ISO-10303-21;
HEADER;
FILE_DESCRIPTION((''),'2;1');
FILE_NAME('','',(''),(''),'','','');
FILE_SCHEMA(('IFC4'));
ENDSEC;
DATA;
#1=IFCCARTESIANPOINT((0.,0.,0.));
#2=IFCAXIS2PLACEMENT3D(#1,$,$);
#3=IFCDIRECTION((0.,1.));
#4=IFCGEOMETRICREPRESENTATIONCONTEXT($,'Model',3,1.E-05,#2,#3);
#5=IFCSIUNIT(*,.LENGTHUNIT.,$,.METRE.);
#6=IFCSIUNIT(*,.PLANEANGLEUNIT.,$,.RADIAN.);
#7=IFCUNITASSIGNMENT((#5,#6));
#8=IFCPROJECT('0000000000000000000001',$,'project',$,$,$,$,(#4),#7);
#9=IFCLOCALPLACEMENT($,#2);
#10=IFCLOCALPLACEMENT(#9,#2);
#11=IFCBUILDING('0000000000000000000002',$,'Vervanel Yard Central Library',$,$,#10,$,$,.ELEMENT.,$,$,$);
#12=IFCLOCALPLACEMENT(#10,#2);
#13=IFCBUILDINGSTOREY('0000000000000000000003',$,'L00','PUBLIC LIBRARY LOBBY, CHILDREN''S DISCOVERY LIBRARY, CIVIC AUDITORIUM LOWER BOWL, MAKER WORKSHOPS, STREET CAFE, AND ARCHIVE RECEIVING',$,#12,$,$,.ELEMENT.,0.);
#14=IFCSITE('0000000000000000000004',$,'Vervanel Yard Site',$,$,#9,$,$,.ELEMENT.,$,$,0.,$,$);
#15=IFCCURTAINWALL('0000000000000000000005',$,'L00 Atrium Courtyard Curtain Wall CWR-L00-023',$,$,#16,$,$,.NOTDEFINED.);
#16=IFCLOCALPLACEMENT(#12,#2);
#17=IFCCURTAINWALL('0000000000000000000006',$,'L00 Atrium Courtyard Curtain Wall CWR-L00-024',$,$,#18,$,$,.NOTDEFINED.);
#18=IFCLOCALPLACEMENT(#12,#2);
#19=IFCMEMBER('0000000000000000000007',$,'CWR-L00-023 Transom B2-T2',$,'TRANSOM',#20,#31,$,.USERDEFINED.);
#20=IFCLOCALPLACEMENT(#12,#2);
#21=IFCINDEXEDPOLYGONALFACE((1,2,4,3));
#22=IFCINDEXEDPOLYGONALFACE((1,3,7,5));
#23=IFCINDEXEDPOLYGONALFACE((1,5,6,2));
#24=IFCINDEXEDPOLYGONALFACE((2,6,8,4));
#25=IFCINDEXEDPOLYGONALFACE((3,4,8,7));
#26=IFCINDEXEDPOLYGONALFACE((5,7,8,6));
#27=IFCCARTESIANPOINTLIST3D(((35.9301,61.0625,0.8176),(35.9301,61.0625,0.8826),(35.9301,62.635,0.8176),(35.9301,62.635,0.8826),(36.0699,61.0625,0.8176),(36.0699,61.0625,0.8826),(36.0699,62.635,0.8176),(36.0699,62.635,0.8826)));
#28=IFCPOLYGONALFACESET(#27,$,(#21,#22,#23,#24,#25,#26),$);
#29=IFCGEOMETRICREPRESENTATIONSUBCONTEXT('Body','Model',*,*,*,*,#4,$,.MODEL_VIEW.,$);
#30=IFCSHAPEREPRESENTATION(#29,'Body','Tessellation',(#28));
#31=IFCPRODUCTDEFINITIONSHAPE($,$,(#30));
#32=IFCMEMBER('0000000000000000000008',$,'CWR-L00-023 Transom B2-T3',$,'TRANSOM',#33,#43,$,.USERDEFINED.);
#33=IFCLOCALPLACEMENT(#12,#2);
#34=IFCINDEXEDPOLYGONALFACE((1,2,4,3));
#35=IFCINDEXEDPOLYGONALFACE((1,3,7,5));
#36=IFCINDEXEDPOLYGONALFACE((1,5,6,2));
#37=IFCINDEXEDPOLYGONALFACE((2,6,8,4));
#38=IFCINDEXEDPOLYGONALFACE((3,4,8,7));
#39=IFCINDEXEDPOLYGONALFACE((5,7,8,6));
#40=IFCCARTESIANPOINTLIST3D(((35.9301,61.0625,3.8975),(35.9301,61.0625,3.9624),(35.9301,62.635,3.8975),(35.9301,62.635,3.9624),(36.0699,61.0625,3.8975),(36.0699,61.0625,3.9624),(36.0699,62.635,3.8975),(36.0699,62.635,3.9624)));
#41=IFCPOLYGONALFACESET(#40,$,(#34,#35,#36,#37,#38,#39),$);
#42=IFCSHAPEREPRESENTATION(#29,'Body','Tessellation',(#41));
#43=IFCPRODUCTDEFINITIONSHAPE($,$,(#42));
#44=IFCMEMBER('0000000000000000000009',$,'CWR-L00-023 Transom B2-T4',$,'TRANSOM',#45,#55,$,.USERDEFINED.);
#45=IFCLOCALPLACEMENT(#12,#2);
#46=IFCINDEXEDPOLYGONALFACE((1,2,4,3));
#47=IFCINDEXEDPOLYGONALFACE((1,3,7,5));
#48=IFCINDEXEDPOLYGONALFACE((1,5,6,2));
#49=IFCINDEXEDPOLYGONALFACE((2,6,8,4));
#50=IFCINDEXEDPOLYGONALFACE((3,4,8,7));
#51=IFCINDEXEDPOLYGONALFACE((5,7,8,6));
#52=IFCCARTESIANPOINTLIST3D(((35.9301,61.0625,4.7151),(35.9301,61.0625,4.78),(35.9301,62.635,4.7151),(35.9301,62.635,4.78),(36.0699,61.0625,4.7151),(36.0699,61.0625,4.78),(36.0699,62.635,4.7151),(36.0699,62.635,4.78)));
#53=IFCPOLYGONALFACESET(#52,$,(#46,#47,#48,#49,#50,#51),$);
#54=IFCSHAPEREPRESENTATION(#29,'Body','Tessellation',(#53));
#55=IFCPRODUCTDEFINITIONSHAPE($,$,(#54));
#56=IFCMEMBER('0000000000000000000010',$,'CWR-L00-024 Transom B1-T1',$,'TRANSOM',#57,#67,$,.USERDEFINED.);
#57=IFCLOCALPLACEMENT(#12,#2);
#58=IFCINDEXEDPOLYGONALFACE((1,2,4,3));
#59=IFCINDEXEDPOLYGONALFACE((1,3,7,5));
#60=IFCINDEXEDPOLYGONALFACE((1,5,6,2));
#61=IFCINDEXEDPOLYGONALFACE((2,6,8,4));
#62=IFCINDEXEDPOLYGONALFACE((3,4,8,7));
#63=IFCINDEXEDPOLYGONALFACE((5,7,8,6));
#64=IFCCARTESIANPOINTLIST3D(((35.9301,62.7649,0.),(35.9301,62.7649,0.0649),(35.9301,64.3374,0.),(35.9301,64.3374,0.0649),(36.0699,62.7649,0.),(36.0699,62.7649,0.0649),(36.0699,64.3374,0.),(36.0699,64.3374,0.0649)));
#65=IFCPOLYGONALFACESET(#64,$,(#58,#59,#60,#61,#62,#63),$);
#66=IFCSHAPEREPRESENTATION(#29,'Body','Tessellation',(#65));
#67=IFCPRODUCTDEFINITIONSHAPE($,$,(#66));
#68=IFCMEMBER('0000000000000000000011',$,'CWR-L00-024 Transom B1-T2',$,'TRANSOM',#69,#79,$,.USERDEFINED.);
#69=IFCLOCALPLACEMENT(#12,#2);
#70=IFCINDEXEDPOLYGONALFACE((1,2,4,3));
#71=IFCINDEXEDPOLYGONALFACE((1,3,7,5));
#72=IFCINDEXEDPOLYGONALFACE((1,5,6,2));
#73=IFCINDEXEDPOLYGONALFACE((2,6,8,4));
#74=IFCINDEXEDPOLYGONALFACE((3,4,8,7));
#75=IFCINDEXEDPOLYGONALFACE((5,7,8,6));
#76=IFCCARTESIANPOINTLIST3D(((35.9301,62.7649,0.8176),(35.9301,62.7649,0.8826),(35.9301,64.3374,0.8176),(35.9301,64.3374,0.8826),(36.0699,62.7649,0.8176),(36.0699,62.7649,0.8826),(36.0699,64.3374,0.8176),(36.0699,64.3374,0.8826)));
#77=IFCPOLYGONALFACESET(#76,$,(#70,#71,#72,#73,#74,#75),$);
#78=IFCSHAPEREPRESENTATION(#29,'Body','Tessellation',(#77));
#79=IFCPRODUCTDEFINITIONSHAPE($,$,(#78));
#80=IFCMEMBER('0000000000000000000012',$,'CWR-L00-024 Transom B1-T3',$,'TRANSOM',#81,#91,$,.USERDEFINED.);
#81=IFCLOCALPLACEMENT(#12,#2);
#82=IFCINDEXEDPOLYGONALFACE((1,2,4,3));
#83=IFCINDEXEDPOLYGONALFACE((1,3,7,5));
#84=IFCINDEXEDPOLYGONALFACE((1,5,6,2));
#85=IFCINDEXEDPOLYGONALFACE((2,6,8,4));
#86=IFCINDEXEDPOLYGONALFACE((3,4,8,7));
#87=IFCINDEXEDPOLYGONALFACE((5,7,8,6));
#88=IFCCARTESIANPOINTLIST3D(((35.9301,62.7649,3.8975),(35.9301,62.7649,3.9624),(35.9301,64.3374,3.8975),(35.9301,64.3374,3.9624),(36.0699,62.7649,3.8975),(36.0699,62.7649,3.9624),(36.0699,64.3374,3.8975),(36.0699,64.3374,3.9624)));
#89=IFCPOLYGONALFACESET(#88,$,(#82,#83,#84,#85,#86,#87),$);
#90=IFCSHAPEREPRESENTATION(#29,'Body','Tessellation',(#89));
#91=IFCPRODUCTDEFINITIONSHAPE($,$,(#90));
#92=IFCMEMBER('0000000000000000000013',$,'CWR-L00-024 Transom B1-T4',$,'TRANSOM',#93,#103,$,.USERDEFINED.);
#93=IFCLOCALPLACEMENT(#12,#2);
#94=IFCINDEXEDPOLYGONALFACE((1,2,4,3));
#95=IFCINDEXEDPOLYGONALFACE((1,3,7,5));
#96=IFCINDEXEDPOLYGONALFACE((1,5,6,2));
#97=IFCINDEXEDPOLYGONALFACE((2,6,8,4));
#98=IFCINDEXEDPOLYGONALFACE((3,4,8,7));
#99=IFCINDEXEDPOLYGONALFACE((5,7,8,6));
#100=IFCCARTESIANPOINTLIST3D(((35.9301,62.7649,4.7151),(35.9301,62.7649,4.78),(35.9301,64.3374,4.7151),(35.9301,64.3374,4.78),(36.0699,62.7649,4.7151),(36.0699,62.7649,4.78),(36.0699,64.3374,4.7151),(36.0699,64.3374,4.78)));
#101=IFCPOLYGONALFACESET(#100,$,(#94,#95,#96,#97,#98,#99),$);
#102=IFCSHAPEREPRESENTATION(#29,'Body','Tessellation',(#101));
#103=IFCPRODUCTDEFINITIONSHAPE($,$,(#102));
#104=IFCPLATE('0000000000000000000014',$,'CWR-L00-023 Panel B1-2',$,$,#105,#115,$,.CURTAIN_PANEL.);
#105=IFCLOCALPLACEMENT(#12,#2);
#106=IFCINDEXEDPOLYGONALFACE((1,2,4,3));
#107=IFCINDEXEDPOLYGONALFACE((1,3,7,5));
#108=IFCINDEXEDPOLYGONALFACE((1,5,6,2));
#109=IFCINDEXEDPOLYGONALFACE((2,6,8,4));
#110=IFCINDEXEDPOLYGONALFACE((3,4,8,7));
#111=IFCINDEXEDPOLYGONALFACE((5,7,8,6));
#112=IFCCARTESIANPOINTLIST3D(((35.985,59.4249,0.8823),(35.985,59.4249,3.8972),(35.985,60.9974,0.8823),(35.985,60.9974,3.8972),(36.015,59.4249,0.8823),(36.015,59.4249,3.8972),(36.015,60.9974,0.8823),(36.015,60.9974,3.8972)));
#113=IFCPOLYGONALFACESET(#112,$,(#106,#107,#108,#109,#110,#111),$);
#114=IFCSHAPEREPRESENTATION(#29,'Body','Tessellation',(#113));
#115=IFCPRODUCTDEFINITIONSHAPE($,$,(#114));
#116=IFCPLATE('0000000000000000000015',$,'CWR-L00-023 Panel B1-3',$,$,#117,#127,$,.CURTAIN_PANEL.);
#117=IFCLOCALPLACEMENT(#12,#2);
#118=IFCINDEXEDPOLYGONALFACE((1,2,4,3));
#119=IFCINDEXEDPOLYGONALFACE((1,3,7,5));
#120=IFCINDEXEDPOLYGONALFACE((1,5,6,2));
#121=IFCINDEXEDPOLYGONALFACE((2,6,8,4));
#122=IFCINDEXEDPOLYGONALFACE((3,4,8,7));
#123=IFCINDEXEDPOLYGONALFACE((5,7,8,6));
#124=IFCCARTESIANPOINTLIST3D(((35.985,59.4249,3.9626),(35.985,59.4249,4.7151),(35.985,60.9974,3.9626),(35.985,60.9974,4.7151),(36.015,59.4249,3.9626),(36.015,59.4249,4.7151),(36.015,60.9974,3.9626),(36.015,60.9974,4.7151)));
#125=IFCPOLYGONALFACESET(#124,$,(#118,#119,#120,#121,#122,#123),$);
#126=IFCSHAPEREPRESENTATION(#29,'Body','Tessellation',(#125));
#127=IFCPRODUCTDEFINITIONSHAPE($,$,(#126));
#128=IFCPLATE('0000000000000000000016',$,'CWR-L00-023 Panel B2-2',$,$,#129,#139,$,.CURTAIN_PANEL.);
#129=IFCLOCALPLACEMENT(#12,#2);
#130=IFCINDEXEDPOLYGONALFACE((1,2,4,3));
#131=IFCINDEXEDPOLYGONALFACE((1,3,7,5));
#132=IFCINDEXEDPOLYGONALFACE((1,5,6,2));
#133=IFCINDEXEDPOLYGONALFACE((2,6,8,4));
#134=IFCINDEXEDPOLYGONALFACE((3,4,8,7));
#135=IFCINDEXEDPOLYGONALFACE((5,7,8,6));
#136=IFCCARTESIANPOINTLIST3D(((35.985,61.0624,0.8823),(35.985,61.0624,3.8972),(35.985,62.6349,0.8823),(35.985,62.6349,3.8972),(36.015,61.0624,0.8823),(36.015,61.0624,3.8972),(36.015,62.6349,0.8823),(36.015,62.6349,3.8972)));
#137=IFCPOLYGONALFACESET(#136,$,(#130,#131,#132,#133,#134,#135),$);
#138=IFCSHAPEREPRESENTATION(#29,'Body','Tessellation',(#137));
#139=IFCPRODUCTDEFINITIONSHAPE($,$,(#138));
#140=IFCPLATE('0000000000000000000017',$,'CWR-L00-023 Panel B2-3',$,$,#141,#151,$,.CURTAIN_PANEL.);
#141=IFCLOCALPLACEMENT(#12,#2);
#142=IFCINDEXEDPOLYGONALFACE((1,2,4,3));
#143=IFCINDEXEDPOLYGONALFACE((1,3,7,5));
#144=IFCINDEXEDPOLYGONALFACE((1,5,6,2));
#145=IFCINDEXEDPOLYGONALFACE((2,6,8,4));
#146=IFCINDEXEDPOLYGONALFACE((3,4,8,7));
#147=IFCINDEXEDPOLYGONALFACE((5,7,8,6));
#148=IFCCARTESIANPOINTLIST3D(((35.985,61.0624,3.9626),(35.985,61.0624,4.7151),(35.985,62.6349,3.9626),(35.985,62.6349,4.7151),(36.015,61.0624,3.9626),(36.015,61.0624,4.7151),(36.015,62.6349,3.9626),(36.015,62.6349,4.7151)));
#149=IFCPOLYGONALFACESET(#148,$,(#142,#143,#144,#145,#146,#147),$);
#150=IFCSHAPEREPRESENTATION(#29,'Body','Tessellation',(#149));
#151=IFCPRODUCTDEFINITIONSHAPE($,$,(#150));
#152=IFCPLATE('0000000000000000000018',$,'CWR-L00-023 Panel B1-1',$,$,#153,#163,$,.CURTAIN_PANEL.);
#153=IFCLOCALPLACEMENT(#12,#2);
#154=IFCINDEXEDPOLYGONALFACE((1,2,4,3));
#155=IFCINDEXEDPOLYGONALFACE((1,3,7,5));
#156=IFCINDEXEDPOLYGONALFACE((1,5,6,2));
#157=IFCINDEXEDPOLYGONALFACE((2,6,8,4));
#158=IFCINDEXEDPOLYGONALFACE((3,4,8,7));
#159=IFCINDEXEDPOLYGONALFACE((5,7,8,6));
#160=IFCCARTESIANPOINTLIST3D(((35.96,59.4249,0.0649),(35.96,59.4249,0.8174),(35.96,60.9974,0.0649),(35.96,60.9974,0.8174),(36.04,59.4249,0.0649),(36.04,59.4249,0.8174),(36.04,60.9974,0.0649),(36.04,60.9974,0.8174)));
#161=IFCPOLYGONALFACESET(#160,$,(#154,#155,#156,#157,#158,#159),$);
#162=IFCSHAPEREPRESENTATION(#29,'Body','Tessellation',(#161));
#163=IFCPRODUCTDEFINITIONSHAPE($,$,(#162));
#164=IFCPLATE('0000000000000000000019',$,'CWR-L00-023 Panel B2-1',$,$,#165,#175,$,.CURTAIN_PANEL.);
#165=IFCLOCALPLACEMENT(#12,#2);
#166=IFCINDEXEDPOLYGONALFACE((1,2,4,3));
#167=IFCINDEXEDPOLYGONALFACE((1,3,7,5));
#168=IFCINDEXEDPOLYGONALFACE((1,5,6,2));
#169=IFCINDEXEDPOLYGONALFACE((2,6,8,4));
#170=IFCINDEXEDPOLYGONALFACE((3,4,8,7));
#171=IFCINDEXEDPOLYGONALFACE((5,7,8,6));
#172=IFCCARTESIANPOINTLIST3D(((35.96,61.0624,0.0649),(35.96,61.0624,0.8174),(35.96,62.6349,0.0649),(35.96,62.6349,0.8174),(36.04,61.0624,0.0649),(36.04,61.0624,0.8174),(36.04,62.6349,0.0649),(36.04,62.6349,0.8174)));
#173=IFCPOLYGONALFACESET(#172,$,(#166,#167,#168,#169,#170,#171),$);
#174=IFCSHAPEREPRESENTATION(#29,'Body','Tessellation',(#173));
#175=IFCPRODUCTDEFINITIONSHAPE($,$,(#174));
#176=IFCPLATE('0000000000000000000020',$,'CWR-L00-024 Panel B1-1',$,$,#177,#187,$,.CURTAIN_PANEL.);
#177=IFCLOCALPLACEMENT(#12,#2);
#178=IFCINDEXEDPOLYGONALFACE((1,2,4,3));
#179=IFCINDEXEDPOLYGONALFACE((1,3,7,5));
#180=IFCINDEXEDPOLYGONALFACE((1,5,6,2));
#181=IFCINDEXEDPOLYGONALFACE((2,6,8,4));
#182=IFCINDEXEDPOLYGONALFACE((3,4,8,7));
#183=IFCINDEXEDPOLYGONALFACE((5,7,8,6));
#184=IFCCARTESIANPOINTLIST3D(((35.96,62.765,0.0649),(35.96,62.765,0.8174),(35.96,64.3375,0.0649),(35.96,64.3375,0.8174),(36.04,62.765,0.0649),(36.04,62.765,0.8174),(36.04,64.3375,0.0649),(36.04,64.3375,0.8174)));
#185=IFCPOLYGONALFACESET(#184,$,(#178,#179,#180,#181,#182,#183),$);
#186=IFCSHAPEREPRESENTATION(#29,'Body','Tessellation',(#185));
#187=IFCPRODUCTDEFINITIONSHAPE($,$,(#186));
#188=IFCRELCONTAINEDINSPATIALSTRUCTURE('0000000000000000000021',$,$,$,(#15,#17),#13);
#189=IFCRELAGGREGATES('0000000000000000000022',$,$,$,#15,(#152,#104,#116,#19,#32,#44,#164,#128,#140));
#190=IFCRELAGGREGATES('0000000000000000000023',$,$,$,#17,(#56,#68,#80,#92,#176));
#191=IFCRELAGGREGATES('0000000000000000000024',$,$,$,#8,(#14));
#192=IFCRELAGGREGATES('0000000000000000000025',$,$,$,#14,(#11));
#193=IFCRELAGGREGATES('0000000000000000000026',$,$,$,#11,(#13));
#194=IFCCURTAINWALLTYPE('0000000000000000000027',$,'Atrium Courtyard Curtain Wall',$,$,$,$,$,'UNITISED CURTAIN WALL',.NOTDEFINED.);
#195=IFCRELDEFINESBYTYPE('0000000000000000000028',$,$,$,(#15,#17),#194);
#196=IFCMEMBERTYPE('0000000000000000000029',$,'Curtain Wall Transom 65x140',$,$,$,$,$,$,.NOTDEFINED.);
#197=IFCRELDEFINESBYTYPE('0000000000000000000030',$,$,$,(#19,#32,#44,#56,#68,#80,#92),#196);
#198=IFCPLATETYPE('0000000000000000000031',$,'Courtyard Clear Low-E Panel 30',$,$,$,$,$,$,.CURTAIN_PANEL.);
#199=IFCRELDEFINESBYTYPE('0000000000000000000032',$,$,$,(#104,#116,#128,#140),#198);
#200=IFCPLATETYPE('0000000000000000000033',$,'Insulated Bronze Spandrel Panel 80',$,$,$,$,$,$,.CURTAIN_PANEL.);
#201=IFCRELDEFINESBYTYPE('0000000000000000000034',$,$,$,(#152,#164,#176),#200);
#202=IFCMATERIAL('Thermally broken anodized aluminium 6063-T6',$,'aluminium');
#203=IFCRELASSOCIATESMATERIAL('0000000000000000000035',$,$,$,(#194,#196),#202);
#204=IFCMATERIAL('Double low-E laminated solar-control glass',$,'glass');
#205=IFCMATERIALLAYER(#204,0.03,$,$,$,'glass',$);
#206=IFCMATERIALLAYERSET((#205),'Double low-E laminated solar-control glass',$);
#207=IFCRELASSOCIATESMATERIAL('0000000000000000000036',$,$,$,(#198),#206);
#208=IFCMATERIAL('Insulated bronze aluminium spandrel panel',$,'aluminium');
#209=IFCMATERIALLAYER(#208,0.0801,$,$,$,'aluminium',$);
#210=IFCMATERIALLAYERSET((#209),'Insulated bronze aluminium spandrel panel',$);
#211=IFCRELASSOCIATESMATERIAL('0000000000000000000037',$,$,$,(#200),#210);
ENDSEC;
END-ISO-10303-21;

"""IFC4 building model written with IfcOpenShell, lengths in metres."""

from ifc_helpers import new_model, si_unit, direction, frame, origin, origin_2d, place, context, subcontext, project, spatial, rectangle, extrude, material, layer, layer_set, material_profile, profile_set, type_object, element, aggregate, save


model = new_model("IFC4")

# Units and contexts
model_context = context("Model", 3, precision=1e-05, world=origin(), true_north=direction((0.0, 1.0)))
body_context = subcontext(model_context, "Body", "Model", "MODEL_VIEW")
ifc_project = project(units=[si_unit("LENGTHUNIT", "METRE"), si_unit("PLANEANGLEUNIT", "RADIAN")], contexts=[model_context])

# Site, building, storey
site_placement = place(None, origin())
site = spatial("IfcSite", under=ifc_project, at=site_placement, Name="Vervanel Yard Site", CompositionType="ELEMENT", RefElevation=0.0)
building_placement = place(site_placement, origin())
building = spatial("IfcBuilding", under=site, at=building_placement, Name="Vervanel Yard Central Library", CompositionType="ELEMENT")
storey_placement = place(building_placement, origin())
storey = spatial("IfcBuildingStorey", under=building, at=storey_placement, Name="L00", Description="PUBLIC LIBRARY LOBBY, CHILDREN'S DISCOVERY LIBRARY, CIVIC AUDITORIUM LOWER BOWL, MAKER WORKSHOPS, STREET CAFE, AND ARCHIVE RECEIVING", CompositionType="ELEMENT", Elevation=0.0)

# Curtain wall
ifc_material_1 = material(Name="Thermally broken anodized aluminium 6063-T6", Category="aluminium")
curtain_wall_type = type_object("IfcCurtainWallType", Name="Atrium Courtyard Curtain Wall", ElementType="UNITISED CURTAIN WALL", PredefinedType="NOTDEFINED", material=ifc_material_1)
curtain_wall_1_placement = place(storey_placement, origin())
curtain_wall_1 = element("IfcCurtainWall", 1, at=curtain_wall_1_placement, inside=storey, type_object=curtain_wall_type, Name="L00 Atrium Courtyard Curtain Wall CWR-L00-023", PredefinedType="NOTDEFINED")

# Curtain wall
curtain_wall_2_placement = place(storey_placement, origin())
curtain_wall_2 = element("IfcCurtainWall", 2, at=curtain_wall_2_placement, inside=storey, type_object=curtain_wall_type, Name="L00 Atrium Courtyard Curtain Wall CWR-L00-024", PredefinedType="NOTDEFINED")

# Members
ifc_material_profile_1 = material_profile(ifc_material_1, rectangle(XDim=0.0649, YDim=0.1399, at=origin_2d()), Name="ALU 65x140", Category="aluminium")
ifc_profile_set_1 = profile_set([ifc_material_profile_1], Name="Thermally broken anodized aluminium 6063-T6")
member_type_1 = type_object("IfcMemberType", Name="Curtain Wall Transom 65x140", PredefinedType="NOTDEFINED", material=ifc_profile_set_1)
member_1_placement = place(storey_placement, frame((36.0, 61.0625, 0.8501), z_axis=(0.0, 1.0, 0.0), x_axis=(0.0, 0.0, 1.0)))
member_1 = element("IfcMember", 3, at=member_1_placement, type_object=member_type_1, Name="CWR-L00-023 Transom B2-T2", ObjectType="TRANSOM", PredefinedType="USERDEFINED", context=body_context, shape_type="SweptSolid", body=[
    extrude(rectangle(XDim=0.0649, YDim=0.1399, at=origin_2d()), origin(), (0.0, 0.0, 1.0), 1.5725),
])
member_2_placement = place(storey_placement, frame((36.0, 61.0625, 3.9299), z_axis=(0.0, 1.0, 0.0), x_axis=(0.0, 0.0, 1.0)))
member_2 = element("IfcMember", 4, at=member_2_placement, type_object=member_type_1, Name="CWR-L00-023 Transom B2-T3", ObjectType="TRANSOM", PredefinedType="USERDEFINED", context=body_context, shape_type="SweptSolid", body=[
    extrude(rectangle(XDim=0.0649, YDim=0.1399, at=origin_2d()), origin(), (0.0, 0.0, 1.0), 1.5725),
])
member_3_placement = place(storey_placement, frame((36.0, 61.0625, 4.7476), z_axis=(0.0, 1.0, 0.0), x_axis=(0.0, 0.0, 1.0)))
member_3 = element("IfcMember", 5, at=member_3_placement, type_object=member_type_1, Name="CWR-L00-023 Transom B2-T4", ObjectType="TRANSOM", PredefinedType="USERDEFINED", context=body_context, shape_type="SweptSolid", body=[
    extrude(rectangle(XDim=0.0649, YDim=0.1399, at=origin_2d()), origin(), (0.0, 0.0, 1.0), 1.5725),
])
member_4_placement = place(storey_placement, frame((36.0, 62.7649, 0.0325), z_axis=(0.0, 1.0, 0.0), x_axis=(0.0, 0.0, 1.0)))
member_4 = element("IfcMember", 6, at=member_4_placement, type_object=member_type_1, Name="CWR-L00-024 Transom B1-T1", ObjectType="TRANSOM", PredefinedType="USERDEFINED", context=body_context, shape_type="SweptSolid", body=[
    extrude(rectangle(XDim=0.0649, YDim=0.1399, at=origin_2d()), origin(), (0.0, 0.0, 1.0), 1.5725),
])
member_5_placement = place(storey_placement, frame((36.0, 62.7649, 0.8501), z_axis=(0.0, 1.0, 0.0), x_axis=(0.0, 0.0, 1.0)))
member_5 = element("IfcMember", 7, at=member_5_placement, type_object=member_type_1, Name="CWR-L00-024 Transom B1-T2", ObjectType="TRANSOM", PredefinedType="USERDEFINED", context=body_context, shape_type="SweptSolid", body=[
    extrude(rectangle(XDim=0.0649, YDim=0.1399, at=origin_2d()), origin(), (0.0, 0.0, 1.0), 1.5725),
])
member_6_placement = place(storey_placement, frame((36.0, 62.7649, 3.9299), z_axis=(0.0, 1.0, 0.0), x_axis=(0.0, 0.0, 1.0)))
member_6 = element("IfcMember", 8, at=member_6_placement, type_object=member_type_1, Name="CWR-L00-024 Transom B1-T3", ObjectType="TRANSOM", PredefinedType="USERDEFINED", context=body_context, shape_type="SweptSolid", body=[
    extrude(rectangle(XDim=0.0649, YDim=0.1399, at=origin_2d()), origin(), (0.0, 0.0, 1.0), 1.5725),
])
member_7_placement = place(storey_placement, frame((36.0, 62.7649, 4.7476), z_axis=(0.0, 1.0, 0.0), x_axis=(0.0, 0.0, 1.0)))
member_7 = element("IfcMember", 9, at=member_7_placement, type_object=member_type_1, Name="CWR-L00-024 Transom B1-T4", ObjectType="TRANSOM", PredefinedType="USERDEFINED", context=body_context, shape_type="SweptSolid", body=[
    extrude(rectangle(XDim=0.0649, YDim=0.1399, at=origin_2d()), origin(), (0.0, 0.0, 1.0), 1.5725),
])

# Plates
ifc_material_2 = material(Name="Double low-E laminated solar-control glass", Category="glass")
ifc_layer_1 = layer(ifc_material_2, 0.03, Category="glass")
ifc_layer_set_1 = layer_set([ifc_layer_1], Name="Double low-E laminated solar-control glass")
plate_type_1 = type_object("IfcPlateType", Name="Courtyard Clear Low-E Panel 30", PredefinedType="CURTAIN_PANEL", material=ifc_layer_set_1)
plate_1_placement = place(storey_placement, frame((36.0, 60.2112, 0.8823), z_axis=(0.0, 0.0, 1.0), x_axis=(0.0, 1.0, 0.0)))
plate_1 = element("IfcPlate", 10, at=plate_1_placement, type_object=plate_type_1, Name="CWR-L00-023 Panel B1-2", PredefinedType="CURTAIN_PANEL", context=body_context, shape_type="SweptSolid", body=[
    extrude(rectangle(XDim=1.5725, YDim=0.03, at=origin_2d()), origin(), (0.0, 0.0, 1.0), 3.0149),
])
plate_2_placement = place(storey_placement, frame((36.0, 60.2112, 3.9626), z_axis=(0.0, 0.0, 1.0), x_axis=(0.0, 1.0, 0.0)))
plate_2 = element("IfcPlate", 11, at=plate_2_placement, type_object=plate_type_1, Name="CWR-L00-023 Panel B1-3", PredefinedType="CURTAIN_PANEL", context=body_context, shape_type="SweptSolid", body=[
    extrude(rectangle(XDim=1.5725, YDim=0.03, at=origin_2d()), origin(), (0.0, 0.0, 1.0), 0.7524),
])
plate_3_placement = place(storey_placement, frame((36.0, 61.8486, 0.8823), z_axis=(0.0, 0.0, 1.0), x_axis=(0.0, 1.0, 0.0)))
plate_3 = element("IfcPlate", 12, at=plate_3_placement, type_object=plate_type_1, Name="CWR-L00-023 Panel B2-2", PredefinedType="CURTAIN_PANEL", context=body_context, shape_type="SweptSolid", body=[
    extrude(rectangle(XDim=1.5725, YDim=0.03, at=origin_2d()), origin(), (0.0, 0.0, 1.0), 3.0149),
])
plate_4_placement = place(storey_placement, frame((36.0, 61.8486, 3.9626), z_axis=(0.0, 0.0, 1.0), x_axis=(0.0, 1.0, 0.0)))
plate_4 = element("IfcPlate", 13, at=plate_4_placement, type_object=plate_type_1, Name="CWR-L00-023 Panel B2-3", PredefinedType="CURTAIN_PANEL", context=body_context, shape_type="SweptSolid", body=[
    extrude(rectangle(XDim=1.5725, YDim=0.03, at=origin_2d()), origin(), (0.0, 0.0, 1.0), 0.7524),
])
ifc_material_3 = material(Name="Insulated bronze aluminium spandrel panel", Category="aluminium")
ifc_layer_2 = layer(ifc_material_3, 0.0801, Category="aluminium")
ifc_layer_set_2 = layer_set([ifc_layer_2], Name="Insulated bronze aluminium spandrel panel")
plate_type_2 = type_object("IfcPlateType", Name="Insulated Bronze Spandrel Panel 80", PredefinedType="CURTAIN_PANEL", material=ifc_layer_set_2)
plate_5_placement = place(storey_placement, frame((36.0, 60.2112, 0.0649), z_axis=(0.0, 0.0, 1.0), x_axis=(0.0, 1.0, 0.0)))
plate_5 = element("IfcPlate", 14, at=plate_5_placement, type_object=plate_type_2, Name="CWR-L00-023 Panel B1-1", PredefinedType="CURTAIN_PANEL", context=body_context, shape_type="SweptSolid", body=[
    extrude(rectangle(XDim=1.5725, YDim=0.0801, at=origin_2d()), origin(), (0.0, 0.0, 1.0), 0.7524),
])
plate_6_placement = place(storey_placement, frame((36.0, 61.8486, 0.0649), z_axis=(0.0, 0.0, 1.0), x_axis=(0.0, 1.0, 0.0)))
plate_6 = element("IfcPlate", 15, at=plate_6_placement, type_object=plate_type_2, Name="CWR-L00-023 Panel B2-1", PredefinedType="CURTAIN_PANEL", context=body_context, shape_type="SweptSolid", body=[
    extrude(rectangle(XDim=1.5725, YDim=0.0801, at=origin_2d()), origin(), (0.0, 0.0, 1.0), 0.7524),
])
aggregate(curtain_wall_1, [plate_5, plate_1, plate_2, member_1, member_2, member_3, plate_6, plate_3, plate_4])
plate_7_placement = place(storey_placement, frame((36.0, 63.5513, 0.0649), z_axis=(0.0, 0.0, 1.0), x_axis=(0.0, 1.0, 0.0)))
plate_7 = element("IfcPlate", 16, at=plate_7_placement, type_object=plate_type_2, Name="CWR-L00-024 Panel B1-1", PredefinedType="CURTAIN_PANEL", context=body_context, shape_type="SweptSolid", body=[
    extrude(rectangle(XDim=1.5725, YDim=0.0801, at=origin_2d()), origin(), (0.0, 0.0, 1.0), 0.7524),
])
aggregate(curtain_wall_2, [member_4, member_5, member_6, member_7, plate_7])

save(model, "model.ifc")
